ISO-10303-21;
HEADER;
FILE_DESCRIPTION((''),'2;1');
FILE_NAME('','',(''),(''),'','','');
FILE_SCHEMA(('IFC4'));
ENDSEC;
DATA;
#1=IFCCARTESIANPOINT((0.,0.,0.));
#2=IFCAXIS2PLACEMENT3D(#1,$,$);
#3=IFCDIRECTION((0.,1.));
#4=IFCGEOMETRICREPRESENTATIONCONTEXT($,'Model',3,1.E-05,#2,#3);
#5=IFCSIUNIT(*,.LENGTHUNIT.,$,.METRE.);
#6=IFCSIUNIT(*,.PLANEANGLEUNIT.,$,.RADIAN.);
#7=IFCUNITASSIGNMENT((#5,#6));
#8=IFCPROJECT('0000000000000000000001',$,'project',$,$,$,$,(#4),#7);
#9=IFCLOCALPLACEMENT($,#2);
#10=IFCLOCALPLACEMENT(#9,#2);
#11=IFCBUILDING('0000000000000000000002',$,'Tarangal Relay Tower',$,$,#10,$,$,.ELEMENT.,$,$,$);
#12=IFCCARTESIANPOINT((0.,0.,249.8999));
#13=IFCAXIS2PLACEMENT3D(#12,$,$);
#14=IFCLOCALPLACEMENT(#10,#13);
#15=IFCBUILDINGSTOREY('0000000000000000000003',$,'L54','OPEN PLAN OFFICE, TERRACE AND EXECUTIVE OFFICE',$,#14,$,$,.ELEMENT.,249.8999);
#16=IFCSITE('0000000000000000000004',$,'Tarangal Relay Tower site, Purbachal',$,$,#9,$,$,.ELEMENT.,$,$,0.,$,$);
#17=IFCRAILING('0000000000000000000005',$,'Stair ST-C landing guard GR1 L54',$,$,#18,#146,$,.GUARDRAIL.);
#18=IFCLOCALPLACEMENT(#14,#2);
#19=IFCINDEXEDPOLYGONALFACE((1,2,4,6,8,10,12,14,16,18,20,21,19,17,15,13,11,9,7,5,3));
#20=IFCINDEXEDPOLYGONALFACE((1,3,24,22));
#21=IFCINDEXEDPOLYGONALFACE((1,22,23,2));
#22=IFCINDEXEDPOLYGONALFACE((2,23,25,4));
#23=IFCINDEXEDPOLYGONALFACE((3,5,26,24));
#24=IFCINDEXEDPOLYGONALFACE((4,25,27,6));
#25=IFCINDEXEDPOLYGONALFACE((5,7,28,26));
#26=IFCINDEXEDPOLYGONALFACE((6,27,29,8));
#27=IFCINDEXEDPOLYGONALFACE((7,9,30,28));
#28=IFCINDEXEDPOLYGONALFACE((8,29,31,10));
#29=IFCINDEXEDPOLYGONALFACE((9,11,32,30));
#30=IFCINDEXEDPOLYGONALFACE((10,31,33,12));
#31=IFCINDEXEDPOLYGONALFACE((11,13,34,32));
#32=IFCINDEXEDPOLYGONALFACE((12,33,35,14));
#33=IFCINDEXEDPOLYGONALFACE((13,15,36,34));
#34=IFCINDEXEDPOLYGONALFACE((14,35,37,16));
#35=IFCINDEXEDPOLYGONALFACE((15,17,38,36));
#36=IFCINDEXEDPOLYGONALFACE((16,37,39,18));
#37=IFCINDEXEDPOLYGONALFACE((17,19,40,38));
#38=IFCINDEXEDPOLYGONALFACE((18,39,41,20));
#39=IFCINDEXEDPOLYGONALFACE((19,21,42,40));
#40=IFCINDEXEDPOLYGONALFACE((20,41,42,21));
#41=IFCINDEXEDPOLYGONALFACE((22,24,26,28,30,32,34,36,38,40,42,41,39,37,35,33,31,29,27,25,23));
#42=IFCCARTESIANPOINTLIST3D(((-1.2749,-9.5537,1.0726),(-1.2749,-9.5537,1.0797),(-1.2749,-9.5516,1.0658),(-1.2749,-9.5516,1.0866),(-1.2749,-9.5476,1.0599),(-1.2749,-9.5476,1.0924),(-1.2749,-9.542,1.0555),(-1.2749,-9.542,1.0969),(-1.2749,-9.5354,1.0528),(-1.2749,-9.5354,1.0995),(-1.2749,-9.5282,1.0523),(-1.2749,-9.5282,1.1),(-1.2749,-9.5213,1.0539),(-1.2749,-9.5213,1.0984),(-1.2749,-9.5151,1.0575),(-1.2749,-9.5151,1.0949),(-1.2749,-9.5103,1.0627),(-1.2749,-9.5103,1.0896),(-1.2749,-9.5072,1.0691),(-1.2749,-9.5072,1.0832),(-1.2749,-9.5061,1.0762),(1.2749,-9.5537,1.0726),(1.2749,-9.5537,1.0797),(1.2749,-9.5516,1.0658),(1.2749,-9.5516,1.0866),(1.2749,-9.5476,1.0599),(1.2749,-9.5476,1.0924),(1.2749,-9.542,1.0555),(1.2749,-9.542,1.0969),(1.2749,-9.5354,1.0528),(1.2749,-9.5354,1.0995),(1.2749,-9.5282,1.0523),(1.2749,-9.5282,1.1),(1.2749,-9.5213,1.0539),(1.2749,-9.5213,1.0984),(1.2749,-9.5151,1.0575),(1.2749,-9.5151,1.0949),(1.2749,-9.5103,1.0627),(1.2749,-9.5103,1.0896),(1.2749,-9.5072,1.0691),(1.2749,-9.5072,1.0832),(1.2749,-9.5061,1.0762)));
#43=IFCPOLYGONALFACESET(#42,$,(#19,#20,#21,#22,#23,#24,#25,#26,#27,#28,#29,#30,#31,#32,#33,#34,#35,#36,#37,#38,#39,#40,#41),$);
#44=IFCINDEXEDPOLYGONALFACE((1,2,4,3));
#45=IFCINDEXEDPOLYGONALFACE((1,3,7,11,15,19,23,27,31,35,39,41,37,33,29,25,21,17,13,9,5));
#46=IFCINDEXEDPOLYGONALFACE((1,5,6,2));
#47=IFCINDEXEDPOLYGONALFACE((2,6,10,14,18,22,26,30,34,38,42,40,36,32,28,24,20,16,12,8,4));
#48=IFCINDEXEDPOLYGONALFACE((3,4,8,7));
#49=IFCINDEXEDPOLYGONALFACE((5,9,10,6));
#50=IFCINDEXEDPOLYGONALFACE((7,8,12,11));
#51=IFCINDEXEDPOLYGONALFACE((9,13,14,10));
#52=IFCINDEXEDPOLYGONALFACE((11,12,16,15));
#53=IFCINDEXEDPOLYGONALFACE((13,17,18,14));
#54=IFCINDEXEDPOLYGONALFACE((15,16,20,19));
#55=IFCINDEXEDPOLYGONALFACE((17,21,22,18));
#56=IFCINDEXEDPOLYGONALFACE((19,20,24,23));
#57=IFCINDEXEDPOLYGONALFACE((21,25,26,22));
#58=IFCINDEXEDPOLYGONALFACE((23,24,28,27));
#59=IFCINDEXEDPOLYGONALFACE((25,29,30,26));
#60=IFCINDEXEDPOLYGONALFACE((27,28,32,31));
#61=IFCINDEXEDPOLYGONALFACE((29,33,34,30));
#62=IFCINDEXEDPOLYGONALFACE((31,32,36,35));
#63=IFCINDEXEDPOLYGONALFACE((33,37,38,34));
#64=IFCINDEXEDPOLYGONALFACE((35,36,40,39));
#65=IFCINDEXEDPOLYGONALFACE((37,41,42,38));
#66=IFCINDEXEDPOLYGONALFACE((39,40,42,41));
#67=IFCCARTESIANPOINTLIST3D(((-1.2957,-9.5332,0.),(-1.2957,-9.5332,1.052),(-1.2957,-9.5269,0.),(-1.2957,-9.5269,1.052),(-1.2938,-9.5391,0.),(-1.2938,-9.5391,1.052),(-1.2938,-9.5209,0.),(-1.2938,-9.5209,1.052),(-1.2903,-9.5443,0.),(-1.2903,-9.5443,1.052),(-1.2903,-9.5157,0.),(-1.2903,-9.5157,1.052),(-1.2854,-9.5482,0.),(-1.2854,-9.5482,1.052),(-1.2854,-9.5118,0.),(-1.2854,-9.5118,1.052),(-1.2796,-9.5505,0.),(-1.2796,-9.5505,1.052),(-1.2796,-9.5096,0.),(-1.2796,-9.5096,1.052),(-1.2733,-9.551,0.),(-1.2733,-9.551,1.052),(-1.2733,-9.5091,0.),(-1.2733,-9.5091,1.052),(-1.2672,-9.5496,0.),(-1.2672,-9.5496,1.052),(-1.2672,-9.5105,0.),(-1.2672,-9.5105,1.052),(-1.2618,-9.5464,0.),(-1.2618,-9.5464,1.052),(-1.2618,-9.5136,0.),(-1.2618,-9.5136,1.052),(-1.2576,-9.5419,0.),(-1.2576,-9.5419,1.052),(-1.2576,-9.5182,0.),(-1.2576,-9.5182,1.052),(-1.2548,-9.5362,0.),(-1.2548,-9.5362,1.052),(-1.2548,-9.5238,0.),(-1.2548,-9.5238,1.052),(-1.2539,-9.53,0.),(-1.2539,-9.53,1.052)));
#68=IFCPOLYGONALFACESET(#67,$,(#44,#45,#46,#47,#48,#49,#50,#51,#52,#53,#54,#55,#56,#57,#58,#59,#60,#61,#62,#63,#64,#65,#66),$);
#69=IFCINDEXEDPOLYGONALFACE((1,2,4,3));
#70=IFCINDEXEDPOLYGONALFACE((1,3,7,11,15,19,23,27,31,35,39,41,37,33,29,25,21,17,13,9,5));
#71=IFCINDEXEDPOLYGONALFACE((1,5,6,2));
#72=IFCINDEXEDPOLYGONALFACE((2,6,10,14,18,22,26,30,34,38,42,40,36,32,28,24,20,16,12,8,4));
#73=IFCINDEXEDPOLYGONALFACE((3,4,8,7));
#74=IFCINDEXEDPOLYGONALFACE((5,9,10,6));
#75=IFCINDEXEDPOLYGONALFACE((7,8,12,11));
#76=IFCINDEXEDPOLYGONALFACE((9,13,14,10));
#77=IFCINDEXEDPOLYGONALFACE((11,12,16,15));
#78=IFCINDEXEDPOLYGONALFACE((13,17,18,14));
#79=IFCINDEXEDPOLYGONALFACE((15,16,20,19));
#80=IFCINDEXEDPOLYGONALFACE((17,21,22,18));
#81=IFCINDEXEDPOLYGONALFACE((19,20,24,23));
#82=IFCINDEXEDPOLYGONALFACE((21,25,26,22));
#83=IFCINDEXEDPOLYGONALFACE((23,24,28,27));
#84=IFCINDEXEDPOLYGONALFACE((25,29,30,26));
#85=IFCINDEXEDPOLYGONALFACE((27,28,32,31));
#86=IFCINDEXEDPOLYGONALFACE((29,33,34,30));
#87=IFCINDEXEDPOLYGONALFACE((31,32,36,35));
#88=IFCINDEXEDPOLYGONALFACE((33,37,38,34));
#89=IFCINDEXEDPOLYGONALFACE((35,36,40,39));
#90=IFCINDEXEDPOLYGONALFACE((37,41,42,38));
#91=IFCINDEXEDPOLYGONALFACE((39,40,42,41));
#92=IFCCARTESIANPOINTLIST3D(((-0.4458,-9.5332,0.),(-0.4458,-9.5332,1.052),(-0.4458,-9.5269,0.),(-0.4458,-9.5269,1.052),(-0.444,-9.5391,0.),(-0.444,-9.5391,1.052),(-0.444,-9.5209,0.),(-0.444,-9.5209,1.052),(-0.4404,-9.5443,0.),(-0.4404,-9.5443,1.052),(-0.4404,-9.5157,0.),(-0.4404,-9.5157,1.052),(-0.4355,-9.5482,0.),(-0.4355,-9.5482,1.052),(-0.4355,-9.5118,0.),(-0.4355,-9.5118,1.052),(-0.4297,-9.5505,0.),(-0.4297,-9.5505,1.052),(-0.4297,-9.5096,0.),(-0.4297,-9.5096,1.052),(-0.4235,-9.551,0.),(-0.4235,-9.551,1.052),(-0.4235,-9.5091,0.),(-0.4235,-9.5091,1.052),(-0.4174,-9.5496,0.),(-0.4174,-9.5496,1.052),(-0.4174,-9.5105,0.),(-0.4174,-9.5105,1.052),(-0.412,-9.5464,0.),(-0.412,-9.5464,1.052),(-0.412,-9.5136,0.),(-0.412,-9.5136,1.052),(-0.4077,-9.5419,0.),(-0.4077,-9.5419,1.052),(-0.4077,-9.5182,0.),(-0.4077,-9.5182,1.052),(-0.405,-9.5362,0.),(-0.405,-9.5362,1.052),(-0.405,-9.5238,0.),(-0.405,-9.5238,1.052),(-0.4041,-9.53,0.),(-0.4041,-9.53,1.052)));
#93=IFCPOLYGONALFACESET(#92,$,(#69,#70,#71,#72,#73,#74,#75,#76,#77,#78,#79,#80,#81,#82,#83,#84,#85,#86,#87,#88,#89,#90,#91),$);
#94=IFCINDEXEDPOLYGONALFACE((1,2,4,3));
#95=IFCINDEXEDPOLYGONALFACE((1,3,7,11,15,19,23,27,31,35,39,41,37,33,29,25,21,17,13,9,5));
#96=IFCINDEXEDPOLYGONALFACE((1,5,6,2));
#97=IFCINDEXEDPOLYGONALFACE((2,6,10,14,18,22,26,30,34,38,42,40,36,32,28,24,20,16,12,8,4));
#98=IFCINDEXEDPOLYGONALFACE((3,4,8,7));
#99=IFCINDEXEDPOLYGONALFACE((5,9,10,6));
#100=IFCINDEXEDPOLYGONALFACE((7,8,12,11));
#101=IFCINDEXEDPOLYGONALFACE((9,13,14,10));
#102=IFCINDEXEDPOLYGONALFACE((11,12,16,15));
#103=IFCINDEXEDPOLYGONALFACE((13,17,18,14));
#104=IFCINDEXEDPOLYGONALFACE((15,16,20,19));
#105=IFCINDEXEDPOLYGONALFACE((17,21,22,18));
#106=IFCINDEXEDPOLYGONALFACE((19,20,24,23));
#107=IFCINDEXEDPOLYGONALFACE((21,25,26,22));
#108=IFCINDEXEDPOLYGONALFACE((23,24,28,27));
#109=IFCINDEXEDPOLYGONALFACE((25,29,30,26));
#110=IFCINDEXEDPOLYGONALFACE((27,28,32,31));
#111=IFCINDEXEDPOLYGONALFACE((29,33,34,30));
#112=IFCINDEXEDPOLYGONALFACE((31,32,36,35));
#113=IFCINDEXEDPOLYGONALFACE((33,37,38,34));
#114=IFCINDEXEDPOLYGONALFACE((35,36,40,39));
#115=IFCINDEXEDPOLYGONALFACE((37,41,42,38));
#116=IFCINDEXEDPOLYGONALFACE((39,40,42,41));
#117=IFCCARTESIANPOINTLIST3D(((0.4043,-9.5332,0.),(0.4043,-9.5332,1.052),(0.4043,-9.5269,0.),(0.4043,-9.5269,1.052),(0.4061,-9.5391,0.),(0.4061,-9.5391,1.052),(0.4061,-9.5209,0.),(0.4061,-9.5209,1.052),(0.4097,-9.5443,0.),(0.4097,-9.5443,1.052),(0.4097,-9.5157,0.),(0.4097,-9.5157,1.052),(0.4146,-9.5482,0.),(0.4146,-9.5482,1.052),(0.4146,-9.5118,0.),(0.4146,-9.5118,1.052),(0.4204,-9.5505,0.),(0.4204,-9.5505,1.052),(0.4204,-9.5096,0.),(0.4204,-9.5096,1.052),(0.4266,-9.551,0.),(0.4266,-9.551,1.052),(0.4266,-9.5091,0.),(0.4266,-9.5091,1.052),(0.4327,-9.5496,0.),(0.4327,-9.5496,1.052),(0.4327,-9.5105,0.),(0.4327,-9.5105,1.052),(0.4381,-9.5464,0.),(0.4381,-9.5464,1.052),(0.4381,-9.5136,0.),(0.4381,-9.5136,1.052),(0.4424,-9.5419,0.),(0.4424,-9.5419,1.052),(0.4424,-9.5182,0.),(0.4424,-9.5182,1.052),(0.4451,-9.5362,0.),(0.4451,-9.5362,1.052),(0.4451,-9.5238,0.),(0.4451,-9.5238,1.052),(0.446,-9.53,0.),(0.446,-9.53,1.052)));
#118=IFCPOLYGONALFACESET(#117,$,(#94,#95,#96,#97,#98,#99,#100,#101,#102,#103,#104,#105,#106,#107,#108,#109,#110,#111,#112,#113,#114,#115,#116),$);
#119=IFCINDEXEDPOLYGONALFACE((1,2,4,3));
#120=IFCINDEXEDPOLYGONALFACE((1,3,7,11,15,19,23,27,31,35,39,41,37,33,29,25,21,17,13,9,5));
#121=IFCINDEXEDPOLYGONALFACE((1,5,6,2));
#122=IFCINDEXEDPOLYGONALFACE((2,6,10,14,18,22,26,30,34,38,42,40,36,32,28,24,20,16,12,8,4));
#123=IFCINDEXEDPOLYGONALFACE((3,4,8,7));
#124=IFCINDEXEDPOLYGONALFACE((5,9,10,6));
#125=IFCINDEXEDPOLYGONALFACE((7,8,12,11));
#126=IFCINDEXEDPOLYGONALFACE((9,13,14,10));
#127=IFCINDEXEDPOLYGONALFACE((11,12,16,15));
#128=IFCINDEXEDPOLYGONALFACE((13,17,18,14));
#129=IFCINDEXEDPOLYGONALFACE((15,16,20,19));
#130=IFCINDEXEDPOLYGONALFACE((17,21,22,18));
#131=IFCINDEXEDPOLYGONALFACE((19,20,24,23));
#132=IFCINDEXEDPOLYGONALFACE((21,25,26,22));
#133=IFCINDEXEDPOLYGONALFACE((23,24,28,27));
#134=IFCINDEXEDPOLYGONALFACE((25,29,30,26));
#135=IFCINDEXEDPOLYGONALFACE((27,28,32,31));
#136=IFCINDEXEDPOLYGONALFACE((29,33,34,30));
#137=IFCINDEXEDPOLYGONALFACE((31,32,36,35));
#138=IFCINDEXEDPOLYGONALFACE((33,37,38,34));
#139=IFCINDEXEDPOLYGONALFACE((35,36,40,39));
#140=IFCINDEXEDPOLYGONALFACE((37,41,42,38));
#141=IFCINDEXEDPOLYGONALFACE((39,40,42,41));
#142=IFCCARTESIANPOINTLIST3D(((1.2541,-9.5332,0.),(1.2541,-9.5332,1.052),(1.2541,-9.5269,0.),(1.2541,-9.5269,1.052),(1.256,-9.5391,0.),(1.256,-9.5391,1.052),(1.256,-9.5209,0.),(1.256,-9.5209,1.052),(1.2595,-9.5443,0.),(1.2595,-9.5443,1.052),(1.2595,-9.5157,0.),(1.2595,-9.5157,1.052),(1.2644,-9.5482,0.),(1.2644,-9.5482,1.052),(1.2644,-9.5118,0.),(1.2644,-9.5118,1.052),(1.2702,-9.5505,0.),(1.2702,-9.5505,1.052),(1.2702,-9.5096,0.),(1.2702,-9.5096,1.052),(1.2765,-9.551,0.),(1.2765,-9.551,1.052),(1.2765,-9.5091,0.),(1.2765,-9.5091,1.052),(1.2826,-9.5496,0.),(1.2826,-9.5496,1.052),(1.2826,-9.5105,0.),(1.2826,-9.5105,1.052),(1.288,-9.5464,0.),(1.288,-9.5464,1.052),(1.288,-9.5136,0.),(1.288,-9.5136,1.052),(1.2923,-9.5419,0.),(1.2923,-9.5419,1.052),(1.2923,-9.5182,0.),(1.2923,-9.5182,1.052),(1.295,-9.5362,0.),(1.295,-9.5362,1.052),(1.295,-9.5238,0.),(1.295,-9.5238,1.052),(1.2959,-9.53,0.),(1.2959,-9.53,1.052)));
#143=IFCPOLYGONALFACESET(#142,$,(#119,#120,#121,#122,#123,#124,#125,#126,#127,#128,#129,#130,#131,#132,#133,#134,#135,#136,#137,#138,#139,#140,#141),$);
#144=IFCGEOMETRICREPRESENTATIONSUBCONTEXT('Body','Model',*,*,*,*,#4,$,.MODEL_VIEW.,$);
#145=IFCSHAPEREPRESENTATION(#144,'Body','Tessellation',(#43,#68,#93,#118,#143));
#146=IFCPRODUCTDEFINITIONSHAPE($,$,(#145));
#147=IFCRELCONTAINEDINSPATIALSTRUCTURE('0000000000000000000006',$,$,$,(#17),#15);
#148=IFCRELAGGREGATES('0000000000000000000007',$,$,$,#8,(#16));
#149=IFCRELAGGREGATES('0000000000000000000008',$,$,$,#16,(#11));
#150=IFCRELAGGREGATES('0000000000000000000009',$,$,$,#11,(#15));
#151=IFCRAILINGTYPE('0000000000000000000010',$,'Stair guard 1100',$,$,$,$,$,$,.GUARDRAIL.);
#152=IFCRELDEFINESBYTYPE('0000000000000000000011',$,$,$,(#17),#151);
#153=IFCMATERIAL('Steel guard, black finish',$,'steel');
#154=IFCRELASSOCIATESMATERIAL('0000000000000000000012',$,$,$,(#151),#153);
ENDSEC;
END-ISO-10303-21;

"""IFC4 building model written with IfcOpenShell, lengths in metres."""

from ifc_helpers import new_model, si_unit, direction, frame, origin, origin_2d, place, context, subcontext, project, spatial, circle, extrude, material, type_object, element, save


model = new_model("IFC4")

# Units and contexts
model_context = context("Model", 3, precision=1e-05, world=origin(), true_north=direction((0.0, 1.0)))
body_context = subcontext(model_context, "Body", "Model", "MODEL_VIEW")
ifc_project = project(units=[si_unit("LENGTHUNIT", "METRE"), si_unit("PLANEANGLEUNIT", "RADIAN")], contexts=[model_context])

# Site, building, storey
site_placement = place(None, origin())
site = spatial("IfcSite", under=ifc_project, at=site_placement, Name="Tarangal Relay Tower site, Purbachal", CompositionType="ELEMENT", RefElevation=0.0)
building_placement = place(site_placement, origin())
building = spatial("IfcBuilding", under=site, at=building_placement, Name="Tarangal Relay Tower", CompositionType="ELEMENT")
storey_placement = place(building_placement, frame((0.0, 0.0, 249.8999)))
storey = spatial("IfcBuildingStorey", under=building, at=storey_placement, Name="L54", Description="OPEN PLAN OFFICE, TERRACE AND EXECUTIVE OFFICE", CompositionType="ELEMENT", Elevation=249.8999)

# Railing
ifc_material_1 = material(Name="Steel guard, black finish", Category="steel")
railing_type_1 = type_object("IfcRailingType", Name="Stair guard 1100", PredefinedType="GUARDRAIL", material=ifc_material_1)
for number, where, name in (
    (1, (-1.2749, -9.53, 0.0), "Stair ST-C landing guard GR1 L54"),
):
    element("IfcRailing", number, at=place(storey_placement, frame(where)), inside=storey, type_object=railing_type_1, Name=name, PredefinedType="GUARDRAIL", context=body_context, shape_type="SweptSolid", body=[
        extrude(circle(Radius=0.0239, at=origin_2d()), frame((0.0, 0.0, 1.0762), z_axis=(1.0, 0.0, 0.0), x_axis=(0.0, 1.0, 0.0)), (0.0, 0.0, 1.0), 2.5498),
        extrude(circle(Radius=0.021, at=origin_2d()), origin(), (0.0, 0.0, 1.0), 1.052),
        extrude(circle(Radius=0.021, at=origin_2d()), frame((0.8499, 0.0, 0.0)), (0.0, 0.0, 1.0), 1.052),
        extrude(circle(Radius=0.021, at=origin_2d()), frame((1.7, 0.0, 0.0)), (0.0, 0.0, 1.0), 1.052),
        extrude(circle(Radius=0.021, at=origin_2d()), frame((2.5498, 0.0, 0.0)), (0.0, 0.0, 1.0), 1.052),
    ])

save(model, "model.ifc")
